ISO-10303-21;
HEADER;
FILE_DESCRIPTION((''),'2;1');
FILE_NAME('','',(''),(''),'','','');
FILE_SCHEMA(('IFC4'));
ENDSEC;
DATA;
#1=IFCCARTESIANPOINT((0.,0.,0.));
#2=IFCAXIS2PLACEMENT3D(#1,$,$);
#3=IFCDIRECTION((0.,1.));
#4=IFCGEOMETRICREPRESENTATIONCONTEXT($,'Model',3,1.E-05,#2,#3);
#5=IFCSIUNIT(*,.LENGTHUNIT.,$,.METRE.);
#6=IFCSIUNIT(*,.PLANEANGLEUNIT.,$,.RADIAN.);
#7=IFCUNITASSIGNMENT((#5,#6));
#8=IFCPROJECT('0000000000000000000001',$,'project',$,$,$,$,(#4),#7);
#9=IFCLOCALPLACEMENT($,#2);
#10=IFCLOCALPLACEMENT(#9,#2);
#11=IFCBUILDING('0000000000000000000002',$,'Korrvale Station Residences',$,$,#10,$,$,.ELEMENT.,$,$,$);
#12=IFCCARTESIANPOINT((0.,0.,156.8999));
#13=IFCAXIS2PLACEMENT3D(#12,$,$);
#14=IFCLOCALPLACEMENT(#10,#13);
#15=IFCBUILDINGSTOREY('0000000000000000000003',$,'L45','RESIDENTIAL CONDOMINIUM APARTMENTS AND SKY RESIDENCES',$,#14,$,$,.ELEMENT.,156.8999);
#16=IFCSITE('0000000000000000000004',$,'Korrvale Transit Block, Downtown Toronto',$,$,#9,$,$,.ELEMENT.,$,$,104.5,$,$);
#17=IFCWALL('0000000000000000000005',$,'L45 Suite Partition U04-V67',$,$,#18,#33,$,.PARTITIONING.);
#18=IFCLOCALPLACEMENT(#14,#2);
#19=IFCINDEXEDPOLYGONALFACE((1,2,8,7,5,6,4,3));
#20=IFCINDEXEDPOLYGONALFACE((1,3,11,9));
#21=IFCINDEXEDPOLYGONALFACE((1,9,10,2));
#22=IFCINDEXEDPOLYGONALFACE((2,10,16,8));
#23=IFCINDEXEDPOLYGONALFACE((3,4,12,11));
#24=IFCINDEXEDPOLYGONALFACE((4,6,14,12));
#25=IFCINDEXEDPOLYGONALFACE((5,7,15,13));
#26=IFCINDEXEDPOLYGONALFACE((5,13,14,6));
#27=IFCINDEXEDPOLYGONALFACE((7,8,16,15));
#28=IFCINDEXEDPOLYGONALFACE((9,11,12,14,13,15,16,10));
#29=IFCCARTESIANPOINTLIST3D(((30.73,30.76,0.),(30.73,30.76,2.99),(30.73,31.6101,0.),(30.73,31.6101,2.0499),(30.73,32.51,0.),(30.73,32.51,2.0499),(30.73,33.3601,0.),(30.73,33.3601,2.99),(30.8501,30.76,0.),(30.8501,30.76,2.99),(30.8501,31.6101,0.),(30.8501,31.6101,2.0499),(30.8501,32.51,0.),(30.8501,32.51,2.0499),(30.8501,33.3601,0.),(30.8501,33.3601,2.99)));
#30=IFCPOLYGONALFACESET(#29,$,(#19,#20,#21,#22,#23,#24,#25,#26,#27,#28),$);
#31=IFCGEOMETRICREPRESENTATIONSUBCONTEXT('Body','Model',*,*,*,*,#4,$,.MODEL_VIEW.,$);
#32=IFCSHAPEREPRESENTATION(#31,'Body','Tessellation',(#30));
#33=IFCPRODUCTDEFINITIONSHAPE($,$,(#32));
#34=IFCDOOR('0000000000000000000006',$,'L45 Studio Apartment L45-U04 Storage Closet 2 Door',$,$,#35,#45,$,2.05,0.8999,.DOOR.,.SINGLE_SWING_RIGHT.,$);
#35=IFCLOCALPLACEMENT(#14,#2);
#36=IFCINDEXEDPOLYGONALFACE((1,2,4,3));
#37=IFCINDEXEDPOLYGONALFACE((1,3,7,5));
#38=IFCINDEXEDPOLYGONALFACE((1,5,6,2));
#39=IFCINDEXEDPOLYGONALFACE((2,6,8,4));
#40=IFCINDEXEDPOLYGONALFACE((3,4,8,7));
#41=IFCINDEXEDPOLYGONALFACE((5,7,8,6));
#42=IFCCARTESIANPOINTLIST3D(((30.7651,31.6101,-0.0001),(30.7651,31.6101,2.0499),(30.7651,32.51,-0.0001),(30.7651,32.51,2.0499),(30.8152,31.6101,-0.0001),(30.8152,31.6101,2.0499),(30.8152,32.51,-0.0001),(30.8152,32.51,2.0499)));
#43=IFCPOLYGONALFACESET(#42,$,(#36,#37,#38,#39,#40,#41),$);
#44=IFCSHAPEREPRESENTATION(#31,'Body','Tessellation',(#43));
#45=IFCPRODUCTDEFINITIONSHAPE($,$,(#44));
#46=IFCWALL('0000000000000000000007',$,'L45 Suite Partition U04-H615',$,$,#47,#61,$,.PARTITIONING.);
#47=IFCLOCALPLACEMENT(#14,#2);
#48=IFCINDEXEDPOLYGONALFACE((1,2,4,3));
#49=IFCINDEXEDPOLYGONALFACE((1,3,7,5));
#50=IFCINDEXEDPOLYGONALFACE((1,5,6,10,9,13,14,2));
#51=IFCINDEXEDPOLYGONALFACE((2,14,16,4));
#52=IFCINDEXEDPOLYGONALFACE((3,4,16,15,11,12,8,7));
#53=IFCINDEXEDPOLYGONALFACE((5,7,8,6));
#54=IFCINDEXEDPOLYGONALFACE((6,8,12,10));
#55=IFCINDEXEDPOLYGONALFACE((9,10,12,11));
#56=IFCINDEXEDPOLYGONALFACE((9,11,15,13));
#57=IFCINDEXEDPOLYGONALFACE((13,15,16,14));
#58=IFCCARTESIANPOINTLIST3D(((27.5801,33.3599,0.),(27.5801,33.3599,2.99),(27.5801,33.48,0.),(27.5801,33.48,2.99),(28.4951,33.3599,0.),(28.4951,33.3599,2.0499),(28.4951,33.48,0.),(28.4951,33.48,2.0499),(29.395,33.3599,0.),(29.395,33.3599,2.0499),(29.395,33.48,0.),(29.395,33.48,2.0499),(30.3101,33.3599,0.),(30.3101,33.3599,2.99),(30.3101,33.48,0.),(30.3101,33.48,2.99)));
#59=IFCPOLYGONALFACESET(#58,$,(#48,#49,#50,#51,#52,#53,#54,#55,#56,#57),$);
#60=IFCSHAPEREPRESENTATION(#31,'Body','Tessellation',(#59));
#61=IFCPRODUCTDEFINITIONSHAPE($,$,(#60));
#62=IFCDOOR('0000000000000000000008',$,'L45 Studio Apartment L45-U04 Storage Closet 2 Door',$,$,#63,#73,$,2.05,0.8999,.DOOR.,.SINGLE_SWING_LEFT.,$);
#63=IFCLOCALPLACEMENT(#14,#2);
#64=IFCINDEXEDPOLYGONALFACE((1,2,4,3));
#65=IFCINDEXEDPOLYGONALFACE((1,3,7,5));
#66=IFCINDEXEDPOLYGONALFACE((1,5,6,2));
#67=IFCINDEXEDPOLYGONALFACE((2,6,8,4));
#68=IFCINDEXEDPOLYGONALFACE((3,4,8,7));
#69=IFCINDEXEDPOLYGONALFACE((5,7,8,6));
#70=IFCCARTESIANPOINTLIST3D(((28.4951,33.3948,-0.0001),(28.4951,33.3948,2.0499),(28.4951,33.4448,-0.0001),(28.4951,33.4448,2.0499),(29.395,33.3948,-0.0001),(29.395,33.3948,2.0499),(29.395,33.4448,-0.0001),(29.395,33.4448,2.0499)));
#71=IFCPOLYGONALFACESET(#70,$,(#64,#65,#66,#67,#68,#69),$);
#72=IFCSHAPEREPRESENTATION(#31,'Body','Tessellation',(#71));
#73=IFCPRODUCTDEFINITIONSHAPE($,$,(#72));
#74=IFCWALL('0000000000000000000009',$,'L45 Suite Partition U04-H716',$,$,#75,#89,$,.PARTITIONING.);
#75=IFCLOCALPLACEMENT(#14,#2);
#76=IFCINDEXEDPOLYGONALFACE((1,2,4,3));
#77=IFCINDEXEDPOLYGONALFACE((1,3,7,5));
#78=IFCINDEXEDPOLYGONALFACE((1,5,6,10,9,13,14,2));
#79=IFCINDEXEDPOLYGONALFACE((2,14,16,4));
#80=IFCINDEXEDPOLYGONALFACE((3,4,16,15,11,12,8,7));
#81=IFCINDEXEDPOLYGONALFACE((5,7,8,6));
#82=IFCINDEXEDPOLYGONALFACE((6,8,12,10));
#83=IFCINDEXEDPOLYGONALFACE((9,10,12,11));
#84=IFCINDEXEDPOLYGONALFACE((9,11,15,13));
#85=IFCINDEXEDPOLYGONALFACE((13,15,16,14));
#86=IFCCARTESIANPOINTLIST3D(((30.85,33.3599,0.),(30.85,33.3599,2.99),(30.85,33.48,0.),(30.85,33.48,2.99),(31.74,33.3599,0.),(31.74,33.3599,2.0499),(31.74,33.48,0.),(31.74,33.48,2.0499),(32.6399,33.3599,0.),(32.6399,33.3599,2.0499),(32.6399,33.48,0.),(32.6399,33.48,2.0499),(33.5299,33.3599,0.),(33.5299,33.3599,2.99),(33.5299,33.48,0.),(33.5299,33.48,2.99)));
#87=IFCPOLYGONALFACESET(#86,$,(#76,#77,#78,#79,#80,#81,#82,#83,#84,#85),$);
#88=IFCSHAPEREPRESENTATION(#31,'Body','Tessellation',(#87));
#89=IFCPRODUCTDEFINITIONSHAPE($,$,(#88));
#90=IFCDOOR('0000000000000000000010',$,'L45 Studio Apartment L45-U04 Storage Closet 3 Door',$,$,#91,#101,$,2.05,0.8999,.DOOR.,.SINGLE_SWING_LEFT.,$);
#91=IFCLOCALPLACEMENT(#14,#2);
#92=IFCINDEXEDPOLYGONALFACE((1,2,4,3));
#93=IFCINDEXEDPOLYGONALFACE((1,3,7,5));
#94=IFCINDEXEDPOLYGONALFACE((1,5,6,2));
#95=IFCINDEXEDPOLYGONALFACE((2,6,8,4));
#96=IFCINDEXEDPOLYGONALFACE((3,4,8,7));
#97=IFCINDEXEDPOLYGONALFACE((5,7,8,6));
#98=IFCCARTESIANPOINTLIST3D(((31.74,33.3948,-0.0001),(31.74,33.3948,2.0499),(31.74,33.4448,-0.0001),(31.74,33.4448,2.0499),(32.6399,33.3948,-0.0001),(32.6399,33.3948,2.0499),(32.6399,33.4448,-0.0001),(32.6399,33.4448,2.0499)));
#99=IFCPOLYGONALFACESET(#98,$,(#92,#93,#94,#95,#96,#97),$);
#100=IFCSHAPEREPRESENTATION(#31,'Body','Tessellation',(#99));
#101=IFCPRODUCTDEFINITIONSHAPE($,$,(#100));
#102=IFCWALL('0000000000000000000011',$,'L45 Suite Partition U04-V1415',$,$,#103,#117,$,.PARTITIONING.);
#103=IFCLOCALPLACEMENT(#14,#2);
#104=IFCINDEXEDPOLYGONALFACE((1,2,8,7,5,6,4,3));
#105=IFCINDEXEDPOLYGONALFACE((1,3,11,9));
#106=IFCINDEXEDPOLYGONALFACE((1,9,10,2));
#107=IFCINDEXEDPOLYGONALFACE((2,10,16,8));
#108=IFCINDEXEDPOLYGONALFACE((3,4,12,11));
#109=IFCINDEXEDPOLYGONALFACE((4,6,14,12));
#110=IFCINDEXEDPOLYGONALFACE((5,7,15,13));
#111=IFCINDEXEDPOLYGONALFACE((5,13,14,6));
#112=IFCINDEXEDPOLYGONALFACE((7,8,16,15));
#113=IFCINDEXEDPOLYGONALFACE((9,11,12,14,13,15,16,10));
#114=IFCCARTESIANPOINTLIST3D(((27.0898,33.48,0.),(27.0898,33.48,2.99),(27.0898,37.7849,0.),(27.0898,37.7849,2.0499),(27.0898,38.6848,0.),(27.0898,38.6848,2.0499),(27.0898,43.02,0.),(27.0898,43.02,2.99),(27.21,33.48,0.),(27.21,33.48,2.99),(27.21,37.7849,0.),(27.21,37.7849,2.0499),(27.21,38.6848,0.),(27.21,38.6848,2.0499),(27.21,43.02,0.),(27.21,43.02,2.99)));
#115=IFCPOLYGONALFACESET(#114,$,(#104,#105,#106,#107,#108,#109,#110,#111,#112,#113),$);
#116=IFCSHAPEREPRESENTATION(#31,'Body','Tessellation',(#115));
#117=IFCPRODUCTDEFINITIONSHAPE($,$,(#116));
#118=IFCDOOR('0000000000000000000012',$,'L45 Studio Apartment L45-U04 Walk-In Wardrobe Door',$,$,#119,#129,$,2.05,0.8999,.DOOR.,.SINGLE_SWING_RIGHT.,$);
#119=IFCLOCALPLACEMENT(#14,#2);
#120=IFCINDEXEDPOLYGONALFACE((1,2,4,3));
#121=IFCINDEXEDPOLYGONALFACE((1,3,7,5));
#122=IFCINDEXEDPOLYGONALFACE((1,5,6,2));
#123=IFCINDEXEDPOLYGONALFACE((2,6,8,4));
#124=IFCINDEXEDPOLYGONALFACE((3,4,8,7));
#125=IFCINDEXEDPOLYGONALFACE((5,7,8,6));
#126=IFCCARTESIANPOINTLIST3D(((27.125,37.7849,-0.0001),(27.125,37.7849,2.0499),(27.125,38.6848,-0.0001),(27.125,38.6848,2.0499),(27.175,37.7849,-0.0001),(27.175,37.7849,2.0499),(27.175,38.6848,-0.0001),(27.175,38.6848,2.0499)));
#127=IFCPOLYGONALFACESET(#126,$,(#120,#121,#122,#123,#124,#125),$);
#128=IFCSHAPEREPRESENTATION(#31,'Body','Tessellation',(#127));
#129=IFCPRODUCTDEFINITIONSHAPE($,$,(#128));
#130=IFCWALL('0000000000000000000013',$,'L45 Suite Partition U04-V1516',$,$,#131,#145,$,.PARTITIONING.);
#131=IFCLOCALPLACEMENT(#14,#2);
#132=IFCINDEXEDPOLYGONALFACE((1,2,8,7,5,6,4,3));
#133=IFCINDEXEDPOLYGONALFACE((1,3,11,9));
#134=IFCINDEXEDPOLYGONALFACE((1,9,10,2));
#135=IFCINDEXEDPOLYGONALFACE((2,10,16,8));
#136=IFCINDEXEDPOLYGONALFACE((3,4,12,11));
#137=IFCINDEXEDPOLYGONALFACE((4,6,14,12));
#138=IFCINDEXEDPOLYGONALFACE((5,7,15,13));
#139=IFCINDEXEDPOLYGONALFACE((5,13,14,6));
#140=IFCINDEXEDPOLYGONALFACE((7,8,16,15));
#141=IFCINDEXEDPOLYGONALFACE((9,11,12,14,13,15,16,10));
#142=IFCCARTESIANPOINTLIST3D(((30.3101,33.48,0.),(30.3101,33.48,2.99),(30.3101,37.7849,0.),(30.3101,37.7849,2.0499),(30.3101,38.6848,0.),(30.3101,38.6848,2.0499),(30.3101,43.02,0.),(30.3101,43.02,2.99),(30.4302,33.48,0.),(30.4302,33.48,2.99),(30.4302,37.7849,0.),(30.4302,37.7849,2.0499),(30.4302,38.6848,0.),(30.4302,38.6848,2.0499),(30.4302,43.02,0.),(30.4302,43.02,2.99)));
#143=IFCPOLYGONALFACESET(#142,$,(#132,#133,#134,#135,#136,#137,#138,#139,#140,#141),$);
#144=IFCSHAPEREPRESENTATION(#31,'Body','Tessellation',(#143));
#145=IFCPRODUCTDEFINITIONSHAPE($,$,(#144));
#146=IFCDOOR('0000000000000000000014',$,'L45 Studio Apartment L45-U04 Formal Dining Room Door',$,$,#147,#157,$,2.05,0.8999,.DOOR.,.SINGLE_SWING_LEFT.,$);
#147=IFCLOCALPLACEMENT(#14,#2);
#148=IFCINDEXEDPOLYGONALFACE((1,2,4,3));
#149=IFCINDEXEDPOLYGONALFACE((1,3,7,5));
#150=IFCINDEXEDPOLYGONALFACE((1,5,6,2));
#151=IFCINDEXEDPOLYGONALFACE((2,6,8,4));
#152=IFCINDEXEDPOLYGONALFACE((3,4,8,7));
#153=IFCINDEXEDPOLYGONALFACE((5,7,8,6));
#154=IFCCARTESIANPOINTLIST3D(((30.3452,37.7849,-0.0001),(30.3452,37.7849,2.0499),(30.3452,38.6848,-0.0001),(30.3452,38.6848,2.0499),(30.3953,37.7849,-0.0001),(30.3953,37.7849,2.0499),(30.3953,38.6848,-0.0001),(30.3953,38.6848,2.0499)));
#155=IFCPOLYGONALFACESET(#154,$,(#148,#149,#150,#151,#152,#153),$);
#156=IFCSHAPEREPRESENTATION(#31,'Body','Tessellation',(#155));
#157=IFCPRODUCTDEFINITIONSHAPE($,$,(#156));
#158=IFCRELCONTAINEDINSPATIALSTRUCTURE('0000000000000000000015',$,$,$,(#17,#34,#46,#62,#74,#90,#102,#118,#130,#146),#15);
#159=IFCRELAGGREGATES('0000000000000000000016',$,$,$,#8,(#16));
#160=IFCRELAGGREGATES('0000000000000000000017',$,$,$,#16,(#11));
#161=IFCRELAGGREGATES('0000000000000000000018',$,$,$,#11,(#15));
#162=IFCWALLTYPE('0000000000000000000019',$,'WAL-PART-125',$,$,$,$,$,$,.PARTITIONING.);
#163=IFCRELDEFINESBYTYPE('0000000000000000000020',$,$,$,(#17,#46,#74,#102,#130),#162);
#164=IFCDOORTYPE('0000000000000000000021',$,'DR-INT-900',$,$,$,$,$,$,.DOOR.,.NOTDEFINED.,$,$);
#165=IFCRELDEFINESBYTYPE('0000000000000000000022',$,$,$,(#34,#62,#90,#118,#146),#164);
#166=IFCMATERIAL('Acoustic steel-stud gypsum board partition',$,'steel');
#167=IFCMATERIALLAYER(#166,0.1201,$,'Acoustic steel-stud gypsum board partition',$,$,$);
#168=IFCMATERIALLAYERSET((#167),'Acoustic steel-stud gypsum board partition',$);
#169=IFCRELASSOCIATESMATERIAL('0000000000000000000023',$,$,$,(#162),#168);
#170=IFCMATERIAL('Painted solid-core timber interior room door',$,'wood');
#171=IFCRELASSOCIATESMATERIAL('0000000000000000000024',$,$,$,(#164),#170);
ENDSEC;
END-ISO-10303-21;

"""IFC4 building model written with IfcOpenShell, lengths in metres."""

from ifc_helpers import new_model, si_unit, direction, frame, frame_2d, origin, place, context, subcontext, project, spatial, rectangle, extrude, material, layer, layer_set, type_object, element, fill, save


model = new_model("IFC4")

# Units and contexts
model_context = context("Model", 3, precision=1e-05, world=origin(), true_north=direction((0.0, 1.0)))
body_context = subcontext(model_context, "Body", "Model", "MODEL_VIEW")
ifc_project = project(units=[si_unit("LENGTHUNIT", "METRE"), si_unit("PLANEANGLEUNIT", "RADIAN")], contexts=[model_context])

# Site, building, storey
site_placement = place(None, origin())
site = spatial("IfcSite", under=ifc_project, at=site_placement, Name="Korrvale Transit Block, Downtown Toronto", CompositionType="ELEMENT", RefElevation=104.5)
building_placement = place(site_placement, origin())
building = spatial("IfcBuilding", under=site, at=building_placement, Name="Korrvale Station Residences", CompositionType="ELEMENT")
storey_placement = place(building_placement, frame((0.0, 0.0, 156.8999)))
storey = spatial("IfcBuildingStorey", under=building, at=storey_placement, Name="L45", Description="RESIDENTIAL CONDOMINIUM APARTMENTS AND SKY RESIDENCES", CompositionType="ELEMENT", Elevation=156.8999)

# Walls, openings, doors
ifc_material_1 = material(Name="Acoustic steel-stud gypsum board partition", Category="steel")
ifc_layer_1 = layer(ifc_material_1, 0.1201, Name="Acoustic steel-stud gypsum board partition")
ifc_layer_set_1 = layer_set([ifc_layer_1], Name="Acoustic steel-stud gypsum board partition")
wall_type_1 = type_object("IfcWallType", Name="WAL-PART-125", PredefinedType="PARTITIONING", material=ifc_layer_set_1)
ifc_material_2 = material(Name="Painted solid-core timber interior room door", Category="wood")
door_type_1 = type_object("IfcDoorType", Name="DR-INT-900", OperationType="NOTDEFINED", PredefinedType="DOOR", material=ifc_material_2)
wall_1_placement = place(storey_placement, frame((30.79, 30.76, 0.0), z_axis=(0.0, 0.0, 1.0), x_axis=(0.0, 1.0, 0.0)))
wall_1 = element("IfcWall", 1, at=wall_1_placement, inside=storey, type_object=wall_type_1, Name="L45 Suite Partition U04-V67", PredefinedType="PARTITIONING", context=body_context, shape_type="SweptSolid", body=[
    extrude(rectangle(XDim=2.6001, YDim=0.1201, at=frame_2d((1.3, 0.0))), origin(), (0.0, 0.0, 1.0), 2.99),
])
opening_1_placement = place(wall_1_placement, frame((0.8501, 0.0, 0.0)))
opening_1 = element("IfcOpeningElement", 2, at=opening_1_placement, cuts=wall_1, PredefinedType="OPENING", context=body_context, shape_type="SweptSolid", body=[
    extrude(rectangle(XDim=0.8999, YDim=2.05, at=frame_2d((0.45, 1.0249))), frame((0.0, 0.0701, 0.0), z_axis=(0.0, -1.0, 0.0), x_axis=(1.0, 0.0, 0.0)), (0.0, 0.0, 1.0), 0.1401),
])
door_1_placement = place(opening_1_placement, origin())
door_1 = element("IfcDoor", 3, at=door_1_placement, inside=storey, type_object=door_type_1, Name="L45 Studio Apartment L45-U04 Storage Closet 2 Door", OperationType="SINGLE_SWING_RIGHT", OverallHeight=2.05, OverallWidth=0.8999, PredefinedType="DOOR", context=body_context, shape_type="SweptSolid", body=[
    extrude(rectangle(XDim=0.8999, YDim=2.05, at=frame_2d((0.45, 1.0249))), frame((0.0, 0.0249, 0.0), z_axis=(0.0, -1.0, 0.0), x_axis=(1.0, 0.0, 0.0)), (0.0, 0.0, 1.0), 0.05),
])
fill(opening_1, door_1)
wall_2_placement = place(storey_placement, frame((27.5801, 33.4199, 0.0), z_axis=(0.0, 0.0, 1.0), x_axis=(1.0, 0.0, 0.0)))
wall_2 = element("IfcWall", 4, at=wall_2_placement, inside=storey, type_object=wall_type_1, Name="L45 Suite Partition U04-H615", PredefinedType="PARTITIONING", context=body_context, shape_type="SweptSolid", body=[
    extrude(rectangle(XDim=2.73, YDim=0.1201, at=frame_2d((1.365, 0.0))), origin(), (0.0, 0.0, 1.0), 2.99),
])
opening_2_placement = place(wall_2_placement, frame((0.915, 0.0, 0.0)))
opening_2 = element("IfcOpeningElement", 5, at=opening_2_placement, cuts=wall_2, PredefinedType="OPENING", context=body_context, shape_type="SweptSolid", body=[
    extrude(rectangle(XDim=0.8999, YDim=2.05, at=frame_2d((0.45, 1.0249))), frame((0.0, 0.0701, 0.0), z_axis=(0.0, -1.0, 0.0), x_axis=(1.0, 0.0, 0.0)), (0.0, 0.0, 1.0), 0.1401),
])
door_2_placement = place(opening_2_placement, origin())
door_2 = element("IfcDoor", 6, at=door_2_placement, inside=storey, type_object=door_type_1, Name="L45 Studio Apartment L45-U04 Storage Closet 2 Door", OperationType="SINGLE_SWING_LEFT", OverallHeight=2.05, OverallWidth=0.8999, PredefinedType="DOOR", context=body_context, shape_type="SweptSolid", body=[
    extrude(rectangle(XDim=0.8999, YDim=2.05, at=frame_2d((0.45, 1.0249))), frame((0.0, 0.0249, 0.0), z_axis=(0.0, -1.0, 0.0), x_axis=(1.0, 0.0, 0.0)), (0.0, 0.0, 1.0), 0.05),
])
fill(opening_2, door_2)
wall_3_placement = place(storey_placement, frame((30.8501, 33.4199, 0.0), z_axis=(0.0, 0.0, 1.0), x_axis=(1.0, 0.0, 0.0)))
wall_3 = element("IfcWall", 7, at=wall_3_placement, inside=storey, type_object=wall_type_1, Name="L45 Suite Partition U04-H716", PredefinedType="PARTITIONING", context=body_context, shape_type="SweptSolid", body=[
    extrude(rectangle(XDim=2.6799, YDim=0.1201, at=frame_2d((1.3398, 0.0))), origin(), (0.0, 0.0, 1.0), 2.99),
])
opening_3_placement = place(wall_3_placement, frame((0.8899, 0.0, 0.0)))
opening_3 = element("IfcOpeningElement", 8, at=opening_3_placement, cuts=wall_3, PredefinedType="OPENING", context=body_context, shape_type="SweptSolid", body=[
    extrude(rectangle(XDim=0.8999, YDim=2.05, at=frame_2d((0.45, 1.0249))), frame((0.0, 0.0701, 0.0), z_axis=(0.0, -1.0, 0.0), x_axis=(1.0, 0.0, 0.0)), (0.0, 0.0, 1.0), 0.1401),
])
door_3_placement = place(opening_3_placement, origin())
door_3 = element("IfcDoor", 9, at=door_3_placement, inside=storey, type_object=door_type_1, Name="L45 Studio Apartment L45-U04 Storage Closet 3 Door", OperationType="SINGLE_SWING_LEFT", OverallHeight=2.05, OverallWidth=0.8999, PredefinedType="DOOR", context=body_context, shape_type="SweptSolid", body=[
    extrude(rectangle(XDim=0.8999, YDim=2.05, at=frame_2d((0.45, 1.0249))), frame((0.0, 0.0249, 0.0), z_axis=(0.0, -1.0, 0.0), x_axis=(1.0, 0.0, 0.0)), (0.0, 0.0, 1.0), 0.05),
])
fill(opening_3, door_3)
wall_4_placement = place(storey_placement, frame((27.1499, 33.48, 0.0), z_axis=(0.0, 0.0, 1.0), x_axis=(0.0, 1.0, 0.0)))
wall_4 = element("IfcWall", 10, at=wall_4_placement, inside=storey, type_object=wall_type_1, Name="L45 Suite Partition U04-V1415", PredefinedType="PARTITIONING", context=body_context, shape_type="SweptSolid", body=[
    extrude(rectangle(XDim=9.54, YDim=0.1201, at=frame_2d((4.77, 0.0))), origin(), (0.0, 0.0, 1.0), 2.99),
])
opening_4_placement = place(wall_4_placement, frame((4.3049, 0.0, 0.0)))
opening_4 = element("IfcOpeningElement", 11, at=opening_4_placement, cuts=wall_4, PredefinedType="OPENING", context=body_context, shape_type="SweptSolid", body=[
    extrude(rectangle(XDim=0.8999, YDim=2.05, at=frame_2d((0.45, 1.0249))), frame((0.0, 0.0701, 0.0), z_axis=(0.0, -1.0, 0.0), x_axis=(1.0, 0.0, 0.0)), (0.0, 0.0, 1.0), 0.1401),
])
door_4_placement = place(opening_4_placement, origin())
door_4 = element("IfcDoor", 12, at=door_4_placement, inside=storey, type_object=door_type_1, Name="L45 Studio Apartment L45-U04 Walk-In Wardrobe Door", OperationType="SINGLE_SWING_RIGHT", OverallHeight=2.05, OverallWidth=0.8999, PredefinedType="DOOR", context=body_context, shape_type="SweptSolid", body=[
    extrude(rectangle(XDim=0.8999, YDim=2.05, at=frame_2d((0.45, 1.0249))), frame((0.0, 0.0249, 0.0), z_axis=(0.0, -1.0, 0.0), x_axis=(1.0, 0.0, 0.0)), (0.0, 0.0, 1.0), 0.05),
])
fill(opening_4, door_4)
wall_5_placement = place(storey_placement, frame((30.3701, 33.48, 0.0), z_axis=(0.0, 0.0, 1.0), x_axis=(0.0, 1.0, 0.0)))
wall_5 = element("IfcWall", 13, at=wall_5_placement, inside=storey, type_object=wall_type_1, Name="L45 Suite Partition U04-V1516", PredefinedType="PARTITIONING", context=body_context, shape_type="SweptSolid", body=[
    extrude(rectangle(XDim=9.54, YDim=0.1201, at=frame_2d((4.77, 0.0))), origin(), (0.0, 0.0, 1.0), 2.99),
])
opening_5_placement = place(wall_5_placement, frame((4.3049, 0.0, 0.0)))
opening_5 = element("IfcOpeningElement", 14, at=opening_5_placement, cuts=wall_5, PredefinedType="OPENING", context=body_context, shape_type="SweptSolid", body=[
    extrude(rectangle(XDim=0.8999, YDim=2.05, at=frame_2d((0.45, 1.0249))), frame((0.0, 0.0701, 0.0), z_axis=(0.0, -1.0, 0.0), x_axis=(1.0, 0.0, 0.0)), (0.0, 0.0, 1.0), 0.1401),
])
door_5_placement = place(opening_5_placement, origin())
door_5 = element("IfcDoor", 15, at=door_5_placement, inside=storey, type_object=door_type_1, Name="L45 Studio Apartment L45-U04 Formal Dining Room Door", OperationType="SINGLE_SWING_LEFT", OverallHeight=2.05, OverallWidth=0.8999, PredefinedType="DOOR", context=body_context, shape_type="SweptSolid", body=[
    extrude(rectangle(XDim=0.8999, YDim=2.05, at=frame_2d((0.45, 1.0249))), frame((0.0, 0.0249, 0.0), z_axis=(0.0, -1.0, 0.0), x_axis=(1.0, 0.0, 0.0)), (0.0, 0.0, 1.0), 0.05),
])
fill(opening_5, door_5)

save(model, "model.ifc")
